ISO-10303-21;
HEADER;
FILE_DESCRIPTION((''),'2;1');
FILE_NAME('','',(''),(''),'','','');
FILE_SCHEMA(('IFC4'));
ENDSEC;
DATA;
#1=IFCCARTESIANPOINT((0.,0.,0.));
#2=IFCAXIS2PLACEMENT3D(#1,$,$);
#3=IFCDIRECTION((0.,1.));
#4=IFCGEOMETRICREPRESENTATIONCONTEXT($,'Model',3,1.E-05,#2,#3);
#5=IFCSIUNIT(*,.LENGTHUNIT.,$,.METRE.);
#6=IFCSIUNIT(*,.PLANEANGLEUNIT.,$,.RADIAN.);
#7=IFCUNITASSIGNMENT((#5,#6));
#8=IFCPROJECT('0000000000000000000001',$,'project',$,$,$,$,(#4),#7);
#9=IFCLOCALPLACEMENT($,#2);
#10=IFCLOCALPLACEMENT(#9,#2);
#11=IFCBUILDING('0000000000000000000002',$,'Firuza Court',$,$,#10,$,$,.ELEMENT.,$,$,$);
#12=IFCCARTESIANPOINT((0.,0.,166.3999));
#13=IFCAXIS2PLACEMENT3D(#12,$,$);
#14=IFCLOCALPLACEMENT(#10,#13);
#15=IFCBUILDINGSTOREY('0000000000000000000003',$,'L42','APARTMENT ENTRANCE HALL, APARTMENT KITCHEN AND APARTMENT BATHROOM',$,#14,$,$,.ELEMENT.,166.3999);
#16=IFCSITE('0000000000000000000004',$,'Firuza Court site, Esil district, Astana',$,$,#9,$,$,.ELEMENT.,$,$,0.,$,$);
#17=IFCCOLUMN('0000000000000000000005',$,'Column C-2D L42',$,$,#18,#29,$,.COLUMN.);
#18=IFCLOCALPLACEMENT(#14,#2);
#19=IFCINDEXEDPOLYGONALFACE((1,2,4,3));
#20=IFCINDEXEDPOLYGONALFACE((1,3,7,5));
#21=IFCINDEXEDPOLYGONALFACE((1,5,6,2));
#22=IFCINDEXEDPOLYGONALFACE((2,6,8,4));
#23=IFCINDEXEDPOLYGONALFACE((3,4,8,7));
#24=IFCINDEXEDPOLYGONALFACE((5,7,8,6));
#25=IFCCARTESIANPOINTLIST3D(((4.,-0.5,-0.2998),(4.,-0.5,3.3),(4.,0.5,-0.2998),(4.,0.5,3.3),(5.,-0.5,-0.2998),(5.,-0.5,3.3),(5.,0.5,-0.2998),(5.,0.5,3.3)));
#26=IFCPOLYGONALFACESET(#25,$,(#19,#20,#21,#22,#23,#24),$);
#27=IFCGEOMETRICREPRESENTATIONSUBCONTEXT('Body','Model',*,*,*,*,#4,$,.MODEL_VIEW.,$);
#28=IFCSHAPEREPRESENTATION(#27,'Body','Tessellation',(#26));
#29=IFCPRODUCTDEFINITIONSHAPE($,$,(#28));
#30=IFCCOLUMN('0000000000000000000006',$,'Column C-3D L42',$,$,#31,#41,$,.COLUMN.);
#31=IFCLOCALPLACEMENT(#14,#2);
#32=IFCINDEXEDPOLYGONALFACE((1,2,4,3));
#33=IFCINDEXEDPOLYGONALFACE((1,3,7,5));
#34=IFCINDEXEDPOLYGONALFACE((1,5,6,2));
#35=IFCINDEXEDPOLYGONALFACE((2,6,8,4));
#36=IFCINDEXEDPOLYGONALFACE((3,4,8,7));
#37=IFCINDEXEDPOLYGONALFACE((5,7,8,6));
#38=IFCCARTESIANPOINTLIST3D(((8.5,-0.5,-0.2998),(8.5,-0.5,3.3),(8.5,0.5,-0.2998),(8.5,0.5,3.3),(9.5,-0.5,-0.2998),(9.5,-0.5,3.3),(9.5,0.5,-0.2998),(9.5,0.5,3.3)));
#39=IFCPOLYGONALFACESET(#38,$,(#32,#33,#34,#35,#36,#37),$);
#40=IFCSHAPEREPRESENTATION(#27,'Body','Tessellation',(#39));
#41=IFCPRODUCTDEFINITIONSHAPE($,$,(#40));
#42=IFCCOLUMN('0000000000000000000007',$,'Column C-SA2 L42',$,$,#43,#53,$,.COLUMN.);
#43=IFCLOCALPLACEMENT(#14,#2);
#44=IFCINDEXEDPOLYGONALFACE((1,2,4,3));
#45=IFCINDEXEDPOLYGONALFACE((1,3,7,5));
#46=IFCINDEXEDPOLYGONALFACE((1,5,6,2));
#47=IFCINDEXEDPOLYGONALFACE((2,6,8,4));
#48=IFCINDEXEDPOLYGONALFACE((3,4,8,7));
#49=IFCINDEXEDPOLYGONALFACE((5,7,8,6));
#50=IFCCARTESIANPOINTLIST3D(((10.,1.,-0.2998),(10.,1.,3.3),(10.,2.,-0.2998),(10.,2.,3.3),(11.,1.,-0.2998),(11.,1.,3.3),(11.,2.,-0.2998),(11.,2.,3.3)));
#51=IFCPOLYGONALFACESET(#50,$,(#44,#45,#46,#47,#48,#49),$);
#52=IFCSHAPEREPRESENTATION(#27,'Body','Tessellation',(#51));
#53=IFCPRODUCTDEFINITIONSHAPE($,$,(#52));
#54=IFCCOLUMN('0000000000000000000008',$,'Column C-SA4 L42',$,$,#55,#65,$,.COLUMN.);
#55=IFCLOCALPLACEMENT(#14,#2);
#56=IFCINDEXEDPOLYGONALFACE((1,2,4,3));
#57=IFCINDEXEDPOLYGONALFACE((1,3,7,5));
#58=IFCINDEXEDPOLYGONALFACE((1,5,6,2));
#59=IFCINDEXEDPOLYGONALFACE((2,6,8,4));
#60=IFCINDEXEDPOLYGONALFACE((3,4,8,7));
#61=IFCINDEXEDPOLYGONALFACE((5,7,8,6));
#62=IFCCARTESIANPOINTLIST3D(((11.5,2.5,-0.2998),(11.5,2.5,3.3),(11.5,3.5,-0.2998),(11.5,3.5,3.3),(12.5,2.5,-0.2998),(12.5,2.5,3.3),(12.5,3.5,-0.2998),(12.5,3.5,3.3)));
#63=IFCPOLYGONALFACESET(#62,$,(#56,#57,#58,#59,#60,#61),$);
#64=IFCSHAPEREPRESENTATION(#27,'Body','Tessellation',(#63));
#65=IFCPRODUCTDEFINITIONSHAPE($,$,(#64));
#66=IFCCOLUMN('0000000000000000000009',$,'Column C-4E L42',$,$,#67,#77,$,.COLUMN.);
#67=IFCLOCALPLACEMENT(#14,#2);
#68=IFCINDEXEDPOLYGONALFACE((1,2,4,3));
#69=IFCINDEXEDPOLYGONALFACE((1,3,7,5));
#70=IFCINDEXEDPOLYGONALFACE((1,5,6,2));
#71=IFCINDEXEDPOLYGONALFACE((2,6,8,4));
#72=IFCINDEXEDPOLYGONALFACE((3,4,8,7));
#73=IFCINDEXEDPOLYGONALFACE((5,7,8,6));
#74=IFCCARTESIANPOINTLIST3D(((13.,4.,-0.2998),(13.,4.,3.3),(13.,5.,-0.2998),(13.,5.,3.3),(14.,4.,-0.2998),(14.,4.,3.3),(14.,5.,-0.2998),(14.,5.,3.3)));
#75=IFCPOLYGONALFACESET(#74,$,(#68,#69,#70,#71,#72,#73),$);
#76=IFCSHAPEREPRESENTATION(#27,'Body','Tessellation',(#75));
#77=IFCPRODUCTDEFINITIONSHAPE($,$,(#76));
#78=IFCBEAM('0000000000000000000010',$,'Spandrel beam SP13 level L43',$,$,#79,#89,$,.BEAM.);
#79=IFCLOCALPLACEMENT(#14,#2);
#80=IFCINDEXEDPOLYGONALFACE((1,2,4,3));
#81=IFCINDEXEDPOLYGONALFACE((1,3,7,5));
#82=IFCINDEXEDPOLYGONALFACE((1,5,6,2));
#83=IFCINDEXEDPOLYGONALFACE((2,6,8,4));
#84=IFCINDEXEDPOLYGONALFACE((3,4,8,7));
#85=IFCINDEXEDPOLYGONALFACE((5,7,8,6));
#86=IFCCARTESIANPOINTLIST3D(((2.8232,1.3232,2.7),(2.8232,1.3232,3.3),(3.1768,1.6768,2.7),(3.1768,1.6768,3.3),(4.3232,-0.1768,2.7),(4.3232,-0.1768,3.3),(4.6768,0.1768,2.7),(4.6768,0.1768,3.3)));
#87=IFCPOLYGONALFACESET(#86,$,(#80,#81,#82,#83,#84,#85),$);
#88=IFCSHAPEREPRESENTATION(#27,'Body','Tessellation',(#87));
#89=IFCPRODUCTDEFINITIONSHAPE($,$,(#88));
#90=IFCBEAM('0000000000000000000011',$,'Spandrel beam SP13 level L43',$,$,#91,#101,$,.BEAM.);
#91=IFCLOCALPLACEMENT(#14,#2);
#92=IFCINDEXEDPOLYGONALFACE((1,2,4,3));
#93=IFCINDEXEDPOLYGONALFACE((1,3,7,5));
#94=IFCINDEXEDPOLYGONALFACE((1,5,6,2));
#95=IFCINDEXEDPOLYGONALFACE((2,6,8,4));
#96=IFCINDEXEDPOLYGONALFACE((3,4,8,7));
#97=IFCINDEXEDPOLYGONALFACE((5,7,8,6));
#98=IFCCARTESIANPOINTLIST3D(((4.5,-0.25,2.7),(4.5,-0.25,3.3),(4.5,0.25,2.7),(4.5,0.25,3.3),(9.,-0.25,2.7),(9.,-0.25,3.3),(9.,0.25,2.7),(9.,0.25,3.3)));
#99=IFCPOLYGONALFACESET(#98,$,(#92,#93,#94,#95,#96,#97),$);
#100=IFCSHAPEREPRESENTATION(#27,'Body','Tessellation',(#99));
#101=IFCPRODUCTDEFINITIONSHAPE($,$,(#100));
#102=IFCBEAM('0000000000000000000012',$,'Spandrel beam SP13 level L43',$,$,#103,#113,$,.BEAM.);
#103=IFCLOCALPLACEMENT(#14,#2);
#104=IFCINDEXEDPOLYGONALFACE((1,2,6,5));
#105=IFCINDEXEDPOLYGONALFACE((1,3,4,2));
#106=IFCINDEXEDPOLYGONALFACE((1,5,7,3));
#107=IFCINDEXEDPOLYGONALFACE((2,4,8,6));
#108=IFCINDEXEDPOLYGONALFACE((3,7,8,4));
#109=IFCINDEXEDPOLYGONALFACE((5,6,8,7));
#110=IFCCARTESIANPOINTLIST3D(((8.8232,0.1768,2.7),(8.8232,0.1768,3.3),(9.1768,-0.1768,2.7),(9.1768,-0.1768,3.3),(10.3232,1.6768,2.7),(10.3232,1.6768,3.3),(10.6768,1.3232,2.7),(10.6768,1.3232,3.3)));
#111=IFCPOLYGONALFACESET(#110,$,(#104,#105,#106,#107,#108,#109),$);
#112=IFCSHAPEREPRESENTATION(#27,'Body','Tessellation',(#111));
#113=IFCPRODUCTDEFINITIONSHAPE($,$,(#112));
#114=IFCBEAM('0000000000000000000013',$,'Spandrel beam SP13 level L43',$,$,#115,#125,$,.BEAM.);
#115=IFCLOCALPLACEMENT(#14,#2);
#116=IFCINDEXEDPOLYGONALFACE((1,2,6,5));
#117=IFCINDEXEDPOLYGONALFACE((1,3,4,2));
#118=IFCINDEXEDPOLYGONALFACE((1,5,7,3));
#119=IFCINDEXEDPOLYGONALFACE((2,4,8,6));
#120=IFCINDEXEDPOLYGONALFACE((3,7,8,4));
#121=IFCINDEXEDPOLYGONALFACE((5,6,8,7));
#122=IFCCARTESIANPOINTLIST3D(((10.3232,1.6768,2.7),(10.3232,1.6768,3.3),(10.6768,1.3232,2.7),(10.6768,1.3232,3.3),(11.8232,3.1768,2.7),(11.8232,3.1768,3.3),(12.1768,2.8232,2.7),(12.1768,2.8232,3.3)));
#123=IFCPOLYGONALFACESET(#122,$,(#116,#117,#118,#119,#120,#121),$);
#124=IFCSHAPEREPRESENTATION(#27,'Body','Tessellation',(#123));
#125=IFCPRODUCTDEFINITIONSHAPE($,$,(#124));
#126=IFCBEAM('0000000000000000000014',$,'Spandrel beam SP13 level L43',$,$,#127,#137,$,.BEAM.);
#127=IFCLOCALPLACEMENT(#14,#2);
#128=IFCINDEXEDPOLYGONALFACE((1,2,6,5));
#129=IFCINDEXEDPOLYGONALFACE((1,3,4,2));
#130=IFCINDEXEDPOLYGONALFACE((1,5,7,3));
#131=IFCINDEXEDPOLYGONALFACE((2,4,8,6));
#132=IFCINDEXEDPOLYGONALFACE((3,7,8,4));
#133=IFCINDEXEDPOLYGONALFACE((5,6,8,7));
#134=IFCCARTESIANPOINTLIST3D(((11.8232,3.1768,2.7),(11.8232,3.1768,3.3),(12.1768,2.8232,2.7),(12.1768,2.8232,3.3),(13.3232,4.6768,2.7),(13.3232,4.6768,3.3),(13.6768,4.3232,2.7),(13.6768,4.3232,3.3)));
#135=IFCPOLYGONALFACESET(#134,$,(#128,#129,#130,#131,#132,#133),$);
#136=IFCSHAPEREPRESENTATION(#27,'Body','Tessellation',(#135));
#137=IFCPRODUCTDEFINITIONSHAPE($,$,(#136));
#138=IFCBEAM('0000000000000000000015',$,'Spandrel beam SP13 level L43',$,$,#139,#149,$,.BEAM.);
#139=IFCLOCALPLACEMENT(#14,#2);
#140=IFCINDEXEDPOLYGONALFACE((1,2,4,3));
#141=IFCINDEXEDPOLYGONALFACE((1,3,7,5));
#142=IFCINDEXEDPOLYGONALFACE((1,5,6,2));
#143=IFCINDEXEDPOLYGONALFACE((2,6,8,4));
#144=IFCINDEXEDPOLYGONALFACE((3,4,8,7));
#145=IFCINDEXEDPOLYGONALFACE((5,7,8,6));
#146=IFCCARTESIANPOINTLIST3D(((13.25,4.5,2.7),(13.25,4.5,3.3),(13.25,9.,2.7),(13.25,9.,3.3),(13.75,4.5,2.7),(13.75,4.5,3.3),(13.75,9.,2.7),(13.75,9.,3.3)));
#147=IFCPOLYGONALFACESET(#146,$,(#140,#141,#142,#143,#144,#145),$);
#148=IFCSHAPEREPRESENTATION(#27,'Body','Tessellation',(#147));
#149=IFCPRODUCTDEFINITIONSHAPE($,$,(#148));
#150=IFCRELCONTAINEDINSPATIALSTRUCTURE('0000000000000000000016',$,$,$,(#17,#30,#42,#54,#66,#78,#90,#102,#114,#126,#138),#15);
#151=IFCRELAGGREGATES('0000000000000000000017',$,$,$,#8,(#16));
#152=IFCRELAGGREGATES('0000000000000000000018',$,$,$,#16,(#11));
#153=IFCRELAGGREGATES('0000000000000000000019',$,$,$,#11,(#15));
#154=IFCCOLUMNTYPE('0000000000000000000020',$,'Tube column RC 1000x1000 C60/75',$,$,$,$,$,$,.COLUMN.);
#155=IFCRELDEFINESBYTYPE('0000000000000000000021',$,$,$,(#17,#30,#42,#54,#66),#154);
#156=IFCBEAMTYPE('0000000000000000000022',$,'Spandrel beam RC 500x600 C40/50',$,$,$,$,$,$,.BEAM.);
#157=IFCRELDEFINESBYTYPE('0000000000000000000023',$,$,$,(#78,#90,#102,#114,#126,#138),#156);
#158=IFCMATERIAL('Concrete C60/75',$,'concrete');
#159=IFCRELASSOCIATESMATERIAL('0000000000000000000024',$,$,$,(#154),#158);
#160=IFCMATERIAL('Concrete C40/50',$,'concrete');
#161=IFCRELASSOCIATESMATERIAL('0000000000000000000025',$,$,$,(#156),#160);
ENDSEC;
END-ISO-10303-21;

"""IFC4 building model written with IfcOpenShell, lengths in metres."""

from ifc_helpers import new_model, si_unit, direction, frame, origin, origin_2d, place, context, subcontext, project, spatial, rectangle, extrude, material, material_profile, profile_set, type_object, element, save


model = new_model("IFC4")

# Units and contexts
model_context = context("Model", 3, precision=1e-05, world=origin(), true_north=direction((0.0, 1.0)))
body_context = subcontext(model_context, "Body", "Model", "MODEL_VIEW")
ifc_project = project(units=[si_unit("LENGTHUNIT", "METRE"), si_unit("PLANEANGLEUNIT", "RADIAN")], contexts=[model_context])

# Site, building, storey
site_placement = place(None, origin())
site = spatial("IfcSite", under=ifc_project, at=site_placement, Name="Firuza Court site, Esil district, Astana", CompositionType="ELEMENT", RefElevation=0.0)
building_placement = place(site_placement, origin())
building = spatial("IfcBuilding", under=site, at=building_placement, Name="Firuza Court", CompositionType="ELEMENT")
storey_placement = place(building_placement, frame((0.0, 0.0, 166.3999)))
storey = spatial("IfcBuildingStorey", under=building, at=storey_placement, Name="L42", Description="APARTMENT ENTRANCE HALL, APARTMENT KITCHEN AND APARTMENT BATHROOM", CompositionType="ELEMENT", Elevation=166.3999)

# Columns
ifc_material_1 = material(Name="Concrete C60/75", Category="concrete")
ifc_material_profile_1 = material_profile(ifc_material_1, rectangle(XDim=1.0, YDim=1.0, at=origin_2d()), Name="RC 1000x1000")
ifc_profile_set_1 = profile_set([ifc_material_profile_1], Name="Concrete C60/75")
column_type = type_object("IfcColumnType", Name="Tube column RC 1000x1000 C60/75", PredefinedType="COLUMN", material=ifc_profile_set_1)
for number, where, z_axis, x_axis, name in (
    (1, (4.5, 0.0, -0.2998), (0.0, 0.0, 1.0), (1.0, 0.0, 0.0), "Column C-2D L42"),
    (2, (9.0, 0.0, -0.2998), (0.0, 0.0, 1.0), (1.0, 0.0, 0.0), "Column C-3D L42"),
    (3, (10.5, 1.5, -0.2998), (0.0, 0.0, 1.0), (1.0, 0.0, 0.0), "Column C-SA2 L42"),
    (4, (12.0, 3.0, -0.2998), (0.0, 0.0, 1.0), (1.0, 0.0, 0.0), "Column C-SA4 L42"),
    (5, (13.5, 4.5, -0.2998), (0.0, 0.0, 1.0), (1.0, 0.0, 0.0), "Column C-4E L42"),
):
    element("IfcColumn", number, at=place(storey_placement, frame(where, z_axis=z_axis, x_axis=x_axis)), inside=storey, type_object=column_type, Name=name, PredefinedType="COLUMN", context=body_context, shape_type="SweptSolid", body=[
        extrude(rectangle(XDim=1.0, YDim=1.0, at=origin_2d()), origin(), (0.0, 0.0, 1.0), 3.5999),
    ])

# Beams
ifc_material_2 = material(Name="Concrete C40/50", Category="concrete")
ifc_material_profile_2 = material_profile(ifc_material_2, rectangle(XDim=0.5, YDim=0.6001, at=origin_2d()), Name="RC 500x600")
ifc_profile_set_2 = profile_set([ifc_material_profile_2], Name="Concrete C40/50")
beam_type = type_object("IfcBeamType", Name="Spandrel beam RC 500x600 C40/50", PredefinedType="BEAM", material=ifc_profile_set_2)
beam_1_placement = place(storey_placement, frame((3.0, 1.5, 3.0), z_axis=(0.707107, -0.707107, 0.0), x_axis=(0.707107, 0.707107, 0.0)))
element("IfcBeam", 6, at=beam_1_placement, inside=storey, type_object=beam_type, Name="Spandrel beam SP13 level L43", PredefinedType="BEAM", context=body_context, shape_type="SweptSolid", body=[
    extrude(rectangle(XDim=0.5, YDim=0.6001, at=origin_2d()), origin(), (0.0, 0.0, 1.0), 2.1213),
])
beam_2_placement = place(storey_placement, frame((4.5, 0.0, 3.0), z_axis=(1.0, 0.0, 0.0), x_axis=(0.0, 1.0, 0.0)))
element("IfcBeam", 7, at=beam_2_placement, inside=storey, type_object=beam_type, Name="Spandrel beam SP13 level L43", PredefinedType="BEAM", context=body_context, shape_type="SweptSolid", body=[
    extrude(rectangle(XDim=0.5, YDim=0.6001, at=origin_2d()), origin(), (0.0, 0.0, 1.0), 4.5),
])
for number, where, z_axis, x_axis, name in (
    (8, (9.0, 0.0, 3.0), (0.707107, 0.707107, 0.0), (-0.707107, 0.707107, 0.0), "Spandrel beam SP13 level L43"),
    (9, (10.5, 1.5, 3.0), (0.707107, 0.707107, 0.0), (-0.707107, 0.707107, 0.0), "Spandrel beam SP13 level L43"),
    (10, (12.0, 3.0, 3.0), (0.707107, 0.707107, 0.0), (-0.707107, 0.707107, 0.0), "Spandrel beam SP13 level L43"),
):
    element("IfcBeam", number, at=place(storey_placement, frame(where, z_axis=z_axis, x_axis=x_axis)), inside=storey, type_object=beam_type, Name=name, PredefinedType="BEAM", context=body_context, shape_type="SweptSolid", body=[
        extrude(rectangle(XDim=0.5, YDim=0.6001, at=origin_2d()), origin(), (0.0, 0.0, 1.0), 2.1213),
    ])
beam_3_placement = place(storey_placement, frame((13.5, 4.5, 3.0), z_axis=(0.0, 1.0, 0.0), x_axis=(-1.0, 0.0, 0.0)))
element("IfcBeam", 11, at=beam_3_placement, inside=storey, type_object=beam_type, Name="Spandrel beam SP13 level L43", PredefinedType="BEAM", context=body_context, shape_type="SweptSolid", body=[
    extrude(rectangle(XDim=0.5, YDim=0.6001, at=origin_2d()), origin(), (0.0, 0.0, 1.0), 4.5),
])

save(model, "model.ifc")
